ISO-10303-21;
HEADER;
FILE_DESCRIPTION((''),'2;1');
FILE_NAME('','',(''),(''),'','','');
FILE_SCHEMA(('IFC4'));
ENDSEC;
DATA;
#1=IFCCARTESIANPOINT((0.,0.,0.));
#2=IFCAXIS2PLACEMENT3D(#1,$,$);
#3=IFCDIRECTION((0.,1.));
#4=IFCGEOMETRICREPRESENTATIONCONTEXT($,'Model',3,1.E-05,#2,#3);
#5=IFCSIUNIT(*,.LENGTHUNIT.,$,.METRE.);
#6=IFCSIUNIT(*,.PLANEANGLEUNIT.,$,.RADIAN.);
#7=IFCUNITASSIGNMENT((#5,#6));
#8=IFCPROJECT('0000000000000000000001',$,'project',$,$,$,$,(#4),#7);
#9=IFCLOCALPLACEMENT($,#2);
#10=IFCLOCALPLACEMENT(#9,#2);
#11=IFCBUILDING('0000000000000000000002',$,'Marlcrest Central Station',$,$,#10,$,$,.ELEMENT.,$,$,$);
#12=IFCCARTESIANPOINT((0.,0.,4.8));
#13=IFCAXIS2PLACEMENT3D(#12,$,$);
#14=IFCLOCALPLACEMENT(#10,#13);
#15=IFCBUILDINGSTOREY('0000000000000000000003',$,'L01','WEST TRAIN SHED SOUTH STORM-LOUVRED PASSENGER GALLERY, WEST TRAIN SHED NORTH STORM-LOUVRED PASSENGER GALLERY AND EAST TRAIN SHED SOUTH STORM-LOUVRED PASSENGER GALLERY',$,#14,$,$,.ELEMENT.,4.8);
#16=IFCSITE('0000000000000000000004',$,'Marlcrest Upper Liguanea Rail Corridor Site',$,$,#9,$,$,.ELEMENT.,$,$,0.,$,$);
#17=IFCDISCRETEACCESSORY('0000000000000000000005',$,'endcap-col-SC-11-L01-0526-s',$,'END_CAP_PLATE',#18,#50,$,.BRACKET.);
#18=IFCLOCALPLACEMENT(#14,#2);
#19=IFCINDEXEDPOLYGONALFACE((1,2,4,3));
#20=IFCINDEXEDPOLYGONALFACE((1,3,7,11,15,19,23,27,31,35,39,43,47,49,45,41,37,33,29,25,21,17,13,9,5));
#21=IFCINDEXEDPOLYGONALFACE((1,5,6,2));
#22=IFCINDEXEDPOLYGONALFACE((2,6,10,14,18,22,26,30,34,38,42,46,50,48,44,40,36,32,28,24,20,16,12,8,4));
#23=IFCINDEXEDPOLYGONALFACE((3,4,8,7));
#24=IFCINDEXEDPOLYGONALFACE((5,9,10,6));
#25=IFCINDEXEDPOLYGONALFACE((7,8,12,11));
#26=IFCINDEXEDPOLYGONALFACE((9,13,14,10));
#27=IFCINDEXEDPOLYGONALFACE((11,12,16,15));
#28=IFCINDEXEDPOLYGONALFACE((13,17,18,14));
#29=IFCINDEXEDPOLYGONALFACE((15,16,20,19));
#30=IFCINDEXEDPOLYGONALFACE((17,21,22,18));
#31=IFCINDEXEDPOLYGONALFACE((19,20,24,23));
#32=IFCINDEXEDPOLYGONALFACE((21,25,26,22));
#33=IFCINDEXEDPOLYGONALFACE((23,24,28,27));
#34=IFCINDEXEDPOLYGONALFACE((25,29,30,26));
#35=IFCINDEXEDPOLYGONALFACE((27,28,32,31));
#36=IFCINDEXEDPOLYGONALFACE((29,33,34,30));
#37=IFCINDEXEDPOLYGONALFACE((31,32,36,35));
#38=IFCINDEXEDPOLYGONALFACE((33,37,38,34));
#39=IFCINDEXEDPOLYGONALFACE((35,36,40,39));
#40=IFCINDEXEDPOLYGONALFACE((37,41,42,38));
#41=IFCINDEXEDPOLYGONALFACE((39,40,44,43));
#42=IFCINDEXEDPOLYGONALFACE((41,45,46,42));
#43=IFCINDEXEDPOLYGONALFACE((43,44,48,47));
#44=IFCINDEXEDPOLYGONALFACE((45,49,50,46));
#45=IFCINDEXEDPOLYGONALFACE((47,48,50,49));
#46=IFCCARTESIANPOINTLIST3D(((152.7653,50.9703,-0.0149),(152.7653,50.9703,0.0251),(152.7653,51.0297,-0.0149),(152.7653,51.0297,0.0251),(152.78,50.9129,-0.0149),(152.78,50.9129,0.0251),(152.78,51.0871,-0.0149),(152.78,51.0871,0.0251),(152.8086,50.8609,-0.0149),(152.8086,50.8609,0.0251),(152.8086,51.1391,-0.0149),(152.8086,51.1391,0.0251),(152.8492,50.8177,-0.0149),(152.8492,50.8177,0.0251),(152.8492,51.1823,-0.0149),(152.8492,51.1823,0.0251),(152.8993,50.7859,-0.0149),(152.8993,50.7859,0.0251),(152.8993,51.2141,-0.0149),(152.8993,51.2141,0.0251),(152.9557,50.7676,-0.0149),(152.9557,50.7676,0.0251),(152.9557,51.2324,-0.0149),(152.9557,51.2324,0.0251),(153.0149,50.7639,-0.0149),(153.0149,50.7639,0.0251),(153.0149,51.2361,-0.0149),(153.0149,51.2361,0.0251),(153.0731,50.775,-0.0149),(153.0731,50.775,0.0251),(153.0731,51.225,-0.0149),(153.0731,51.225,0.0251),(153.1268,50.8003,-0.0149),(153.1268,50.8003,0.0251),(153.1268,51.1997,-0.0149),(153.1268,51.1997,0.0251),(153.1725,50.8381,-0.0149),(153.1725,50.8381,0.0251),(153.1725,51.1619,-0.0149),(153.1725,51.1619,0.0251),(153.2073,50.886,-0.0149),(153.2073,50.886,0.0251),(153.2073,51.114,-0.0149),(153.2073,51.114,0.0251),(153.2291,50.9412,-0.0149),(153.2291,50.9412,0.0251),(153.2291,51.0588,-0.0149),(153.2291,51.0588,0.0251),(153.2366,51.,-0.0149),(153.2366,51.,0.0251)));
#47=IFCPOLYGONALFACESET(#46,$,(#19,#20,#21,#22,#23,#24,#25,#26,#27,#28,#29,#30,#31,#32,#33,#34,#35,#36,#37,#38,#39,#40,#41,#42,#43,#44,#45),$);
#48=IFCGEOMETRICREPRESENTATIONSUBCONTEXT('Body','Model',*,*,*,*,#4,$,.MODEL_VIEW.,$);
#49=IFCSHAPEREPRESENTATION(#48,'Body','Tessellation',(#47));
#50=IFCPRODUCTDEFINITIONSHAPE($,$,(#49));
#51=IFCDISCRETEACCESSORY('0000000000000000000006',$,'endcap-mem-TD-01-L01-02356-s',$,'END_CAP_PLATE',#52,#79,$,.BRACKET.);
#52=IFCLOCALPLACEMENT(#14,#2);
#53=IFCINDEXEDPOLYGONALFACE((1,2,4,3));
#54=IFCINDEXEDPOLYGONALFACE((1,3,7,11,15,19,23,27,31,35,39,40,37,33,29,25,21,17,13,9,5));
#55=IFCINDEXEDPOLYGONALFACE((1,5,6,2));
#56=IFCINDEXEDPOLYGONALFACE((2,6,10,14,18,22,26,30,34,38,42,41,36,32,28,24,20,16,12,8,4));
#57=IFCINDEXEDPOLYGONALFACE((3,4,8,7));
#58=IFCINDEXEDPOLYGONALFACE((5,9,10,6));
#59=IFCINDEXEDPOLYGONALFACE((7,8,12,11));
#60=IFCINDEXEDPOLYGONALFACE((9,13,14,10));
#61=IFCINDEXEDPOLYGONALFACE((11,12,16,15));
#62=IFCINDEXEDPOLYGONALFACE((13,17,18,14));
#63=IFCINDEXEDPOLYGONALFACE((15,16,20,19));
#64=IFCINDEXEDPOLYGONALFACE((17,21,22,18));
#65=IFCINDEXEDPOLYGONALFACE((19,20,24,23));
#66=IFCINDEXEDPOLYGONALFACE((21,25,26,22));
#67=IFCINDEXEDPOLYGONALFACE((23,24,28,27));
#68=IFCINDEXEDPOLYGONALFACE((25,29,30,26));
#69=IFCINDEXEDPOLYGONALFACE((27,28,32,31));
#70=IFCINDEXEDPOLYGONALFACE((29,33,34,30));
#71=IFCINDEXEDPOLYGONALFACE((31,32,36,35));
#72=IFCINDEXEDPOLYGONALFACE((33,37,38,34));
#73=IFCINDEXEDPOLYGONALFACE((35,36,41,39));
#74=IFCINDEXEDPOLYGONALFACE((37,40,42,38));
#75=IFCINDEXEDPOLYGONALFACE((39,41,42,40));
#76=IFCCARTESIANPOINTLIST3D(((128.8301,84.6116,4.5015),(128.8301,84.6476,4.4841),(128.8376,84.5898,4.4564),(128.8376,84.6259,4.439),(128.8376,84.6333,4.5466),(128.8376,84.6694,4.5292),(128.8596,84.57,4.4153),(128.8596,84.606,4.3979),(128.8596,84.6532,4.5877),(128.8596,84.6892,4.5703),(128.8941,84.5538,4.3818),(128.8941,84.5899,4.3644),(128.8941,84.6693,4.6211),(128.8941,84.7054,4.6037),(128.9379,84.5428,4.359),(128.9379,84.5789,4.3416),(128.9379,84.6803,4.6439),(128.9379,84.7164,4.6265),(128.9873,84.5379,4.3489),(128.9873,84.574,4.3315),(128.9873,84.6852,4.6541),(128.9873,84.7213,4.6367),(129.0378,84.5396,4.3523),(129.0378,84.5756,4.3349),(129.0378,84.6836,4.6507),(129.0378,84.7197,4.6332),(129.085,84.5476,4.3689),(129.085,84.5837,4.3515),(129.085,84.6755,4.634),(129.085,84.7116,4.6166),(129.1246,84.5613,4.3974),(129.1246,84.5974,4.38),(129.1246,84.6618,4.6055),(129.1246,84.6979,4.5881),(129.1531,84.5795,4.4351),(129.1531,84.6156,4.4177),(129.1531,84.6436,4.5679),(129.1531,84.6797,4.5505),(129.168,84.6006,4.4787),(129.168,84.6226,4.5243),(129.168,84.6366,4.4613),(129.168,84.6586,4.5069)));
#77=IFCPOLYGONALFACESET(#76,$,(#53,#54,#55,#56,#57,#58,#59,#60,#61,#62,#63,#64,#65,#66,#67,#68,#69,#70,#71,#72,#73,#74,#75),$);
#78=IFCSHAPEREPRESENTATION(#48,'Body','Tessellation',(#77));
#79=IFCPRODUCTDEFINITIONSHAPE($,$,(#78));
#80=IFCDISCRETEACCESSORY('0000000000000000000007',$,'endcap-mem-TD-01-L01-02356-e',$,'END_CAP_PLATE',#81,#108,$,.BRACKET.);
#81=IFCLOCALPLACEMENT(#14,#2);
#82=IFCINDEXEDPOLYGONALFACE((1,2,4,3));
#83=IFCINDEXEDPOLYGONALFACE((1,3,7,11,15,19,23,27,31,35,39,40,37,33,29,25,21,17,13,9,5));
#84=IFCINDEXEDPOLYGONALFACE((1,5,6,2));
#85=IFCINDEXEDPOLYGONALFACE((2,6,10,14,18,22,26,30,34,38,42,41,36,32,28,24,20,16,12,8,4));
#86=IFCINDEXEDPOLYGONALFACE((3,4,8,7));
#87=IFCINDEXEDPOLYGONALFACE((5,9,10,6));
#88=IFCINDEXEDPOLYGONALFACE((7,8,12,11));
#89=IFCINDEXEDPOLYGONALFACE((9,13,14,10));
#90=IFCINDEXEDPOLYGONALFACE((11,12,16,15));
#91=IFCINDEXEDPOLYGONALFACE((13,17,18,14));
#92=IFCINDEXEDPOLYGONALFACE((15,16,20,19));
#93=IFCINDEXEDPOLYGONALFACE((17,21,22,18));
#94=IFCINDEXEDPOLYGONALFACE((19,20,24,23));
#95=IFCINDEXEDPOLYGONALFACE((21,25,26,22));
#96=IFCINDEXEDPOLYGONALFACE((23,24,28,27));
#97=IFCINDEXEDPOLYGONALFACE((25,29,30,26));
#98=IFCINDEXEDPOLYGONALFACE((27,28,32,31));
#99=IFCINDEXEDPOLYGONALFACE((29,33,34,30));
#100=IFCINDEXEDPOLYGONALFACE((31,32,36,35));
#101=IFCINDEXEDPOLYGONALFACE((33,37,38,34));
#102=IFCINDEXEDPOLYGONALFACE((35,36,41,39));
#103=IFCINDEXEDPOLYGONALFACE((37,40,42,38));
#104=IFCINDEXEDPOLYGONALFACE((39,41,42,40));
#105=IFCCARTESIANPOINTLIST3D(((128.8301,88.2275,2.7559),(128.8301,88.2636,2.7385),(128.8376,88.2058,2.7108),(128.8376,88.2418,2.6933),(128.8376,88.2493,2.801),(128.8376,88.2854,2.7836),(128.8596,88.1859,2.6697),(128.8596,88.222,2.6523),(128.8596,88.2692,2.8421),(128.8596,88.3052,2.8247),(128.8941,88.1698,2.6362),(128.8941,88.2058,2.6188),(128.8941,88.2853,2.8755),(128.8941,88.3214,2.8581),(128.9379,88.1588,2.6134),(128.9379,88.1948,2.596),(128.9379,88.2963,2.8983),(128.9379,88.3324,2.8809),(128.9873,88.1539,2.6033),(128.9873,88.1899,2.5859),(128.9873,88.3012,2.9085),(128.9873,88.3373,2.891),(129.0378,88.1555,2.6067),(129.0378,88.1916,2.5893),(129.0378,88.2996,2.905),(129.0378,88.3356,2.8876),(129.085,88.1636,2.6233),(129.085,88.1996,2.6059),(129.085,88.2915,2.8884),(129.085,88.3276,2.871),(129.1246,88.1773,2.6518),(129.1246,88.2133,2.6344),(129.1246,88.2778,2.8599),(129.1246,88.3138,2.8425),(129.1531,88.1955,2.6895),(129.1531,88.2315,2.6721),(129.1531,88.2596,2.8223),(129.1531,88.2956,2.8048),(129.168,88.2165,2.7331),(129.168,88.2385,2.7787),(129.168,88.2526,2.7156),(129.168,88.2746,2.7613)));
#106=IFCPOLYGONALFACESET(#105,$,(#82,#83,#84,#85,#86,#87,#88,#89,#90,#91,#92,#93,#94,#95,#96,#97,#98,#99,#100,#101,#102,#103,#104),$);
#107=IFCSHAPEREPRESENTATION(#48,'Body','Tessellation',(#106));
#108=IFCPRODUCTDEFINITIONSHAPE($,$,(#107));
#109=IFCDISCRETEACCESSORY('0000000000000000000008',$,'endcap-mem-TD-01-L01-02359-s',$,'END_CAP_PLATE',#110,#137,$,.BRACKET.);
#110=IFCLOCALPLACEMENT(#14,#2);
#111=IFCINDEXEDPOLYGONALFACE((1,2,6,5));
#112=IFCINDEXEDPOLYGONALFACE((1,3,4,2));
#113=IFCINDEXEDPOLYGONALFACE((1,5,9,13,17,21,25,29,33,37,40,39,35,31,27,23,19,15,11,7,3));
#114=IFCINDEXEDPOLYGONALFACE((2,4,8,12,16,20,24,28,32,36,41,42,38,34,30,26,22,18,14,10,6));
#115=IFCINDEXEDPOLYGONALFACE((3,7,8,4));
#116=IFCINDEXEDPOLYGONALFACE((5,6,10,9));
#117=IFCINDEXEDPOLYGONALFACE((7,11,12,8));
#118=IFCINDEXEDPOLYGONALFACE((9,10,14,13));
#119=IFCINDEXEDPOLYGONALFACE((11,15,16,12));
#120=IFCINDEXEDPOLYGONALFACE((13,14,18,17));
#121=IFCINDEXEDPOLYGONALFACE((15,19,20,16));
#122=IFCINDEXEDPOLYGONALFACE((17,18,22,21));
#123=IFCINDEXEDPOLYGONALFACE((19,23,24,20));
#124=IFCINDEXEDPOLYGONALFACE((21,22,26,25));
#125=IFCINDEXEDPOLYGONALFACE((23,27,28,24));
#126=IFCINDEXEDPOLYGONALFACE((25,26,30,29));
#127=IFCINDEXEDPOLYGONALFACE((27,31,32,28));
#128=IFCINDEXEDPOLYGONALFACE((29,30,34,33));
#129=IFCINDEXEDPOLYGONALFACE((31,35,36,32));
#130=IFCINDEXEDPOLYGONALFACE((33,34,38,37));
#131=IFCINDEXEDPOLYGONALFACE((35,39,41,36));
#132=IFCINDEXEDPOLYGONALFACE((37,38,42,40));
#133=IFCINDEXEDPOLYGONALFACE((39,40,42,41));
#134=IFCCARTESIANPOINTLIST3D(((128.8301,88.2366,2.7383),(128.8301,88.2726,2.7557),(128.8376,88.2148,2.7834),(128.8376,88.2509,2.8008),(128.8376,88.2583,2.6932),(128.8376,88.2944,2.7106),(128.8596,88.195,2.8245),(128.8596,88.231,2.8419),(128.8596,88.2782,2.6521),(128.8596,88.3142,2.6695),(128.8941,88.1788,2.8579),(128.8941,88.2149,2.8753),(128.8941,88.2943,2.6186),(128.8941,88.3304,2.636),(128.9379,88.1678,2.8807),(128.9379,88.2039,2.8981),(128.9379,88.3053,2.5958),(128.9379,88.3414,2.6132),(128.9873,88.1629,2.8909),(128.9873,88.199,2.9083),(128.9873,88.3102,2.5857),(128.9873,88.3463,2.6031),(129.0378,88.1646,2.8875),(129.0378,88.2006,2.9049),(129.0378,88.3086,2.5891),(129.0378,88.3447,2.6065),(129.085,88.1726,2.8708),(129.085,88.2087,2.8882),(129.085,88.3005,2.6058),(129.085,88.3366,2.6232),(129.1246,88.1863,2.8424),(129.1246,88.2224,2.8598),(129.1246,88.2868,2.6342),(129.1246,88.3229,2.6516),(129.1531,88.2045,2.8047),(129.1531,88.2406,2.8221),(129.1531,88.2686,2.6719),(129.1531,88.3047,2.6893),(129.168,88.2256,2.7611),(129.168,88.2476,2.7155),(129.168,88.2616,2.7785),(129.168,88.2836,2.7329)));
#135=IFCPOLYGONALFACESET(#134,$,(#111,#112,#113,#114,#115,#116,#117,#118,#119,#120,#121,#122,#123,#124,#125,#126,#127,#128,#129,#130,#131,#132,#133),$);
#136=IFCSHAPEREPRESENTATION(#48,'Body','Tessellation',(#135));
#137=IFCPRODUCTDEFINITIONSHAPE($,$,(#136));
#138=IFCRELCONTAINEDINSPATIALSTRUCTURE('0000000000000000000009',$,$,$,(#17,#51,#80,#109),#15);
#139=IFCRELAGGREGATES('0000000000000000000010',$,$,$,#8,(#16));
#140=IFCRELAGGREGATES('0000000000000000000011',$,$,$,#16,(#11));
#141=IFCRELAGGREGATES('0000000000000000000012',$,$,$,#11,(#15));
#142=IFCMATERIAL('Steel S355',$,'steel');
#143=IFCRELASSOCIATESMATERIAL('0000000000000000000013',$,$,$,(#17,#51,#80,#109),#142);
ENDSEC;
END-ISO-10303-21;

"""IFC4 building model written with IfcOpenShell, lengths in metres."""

from ifc_helpers import new_model, si_unit, direction, frame, origin, origin_2d, place, context, subcontext, project, spatial, circle, extrude, material, element, save


model = new_model("IFC4")

# Units and contexts
model_context = context("Model", 3, precision=1e-05, world=origin(), true_north=direction((0.0, 1.0)))
body_context = subcontext(model_context, "Body", "Model", "MODEL_VIEW")
ifc_project = project(units=[si_unit("LENGTHUNIT", "METRE"), si_unit("PLANEANGLEUNIT", "RADIAN")], contexts=[model_context])

# Site, building, storey
site_placement = place(None, origin())
site = spatial("IfcSite", under=ifc_project, at=site_placement, Name="Marlcrest Upper Liguanea Rail Corridor Site", CompositionType="ELEMENT", RefElevation=0.0)
building_placement = place(site_placement, origin())
building = spatial("IfcBuilding", under=site, at=building_placement, Name="Marlcrest Central Station", CompositionType="ELEMENT")
storey_placement = place(building_placement, frame((0.0, 0.0, 4.8)))
storey = spatial("IfcBuildingStorey", under=building, at=storey_placement, Name="L01", Description="WEST TRAIN SHED SOUTH STORM-LOUVRED PASSENGER GALLERY, WEST TRAIN SHED NORTH STORM-LOUVRED PASSENGER GALLERY AND EAST TRAIN SHED SOUTH STORM-LOUVRED PASSENGER GALLERY", CompositionType="ELEMENT", Elevation=4.8)

# Shared definitions
ifc_material = material(Name="Steel S355", Category="steel")

# Discrete accessories
for number, where, z_axis, x_axis, name in (
    (1, (153.0, 51.0, -0.0149), (0.0, 0.0, 1.0), (1.0, 0.0, 0.0), "endcap-col-SC-11-L01-0526-s"),
):
    element("IfcDiscreteAccessory", number, at=place(storey_placement, frame(where, z_axis=z_axis, x_axis=x_axis)), inside=storey, material=ifc_material, Name=name, ObjectType="END_CAP_PLATE", PredefinedType="BRACKET", context=body_context, shape_type="SweptSolid", body=[
        extrude(circle(Radius=0.2366, at=origin_2d()), origin(), (0.0, 0.0, 1.0), 0.04),
    ])
for number, where, z_axis, x_axis, name in (
    (2, (129.0, 84.6116, 4.5015), (0.0, 0.900552, -0.434749), (-1.0, 0.0, 0.0), "endcap-mem-TD-01-L01-02356-s"),
    (3, (129.0, 88.2275, 2.7559), (0.0, 0.900552, -0.434749), (-1.0, 0.0, 0.0), "endcap-mem-TD-01-L01-02356-e"),
    (4, (129.0, 88.2366, 2.7383), (0.0, 0.900552, 0.434749), (-1.0, 0.0, 0.0), "endcap-mem-TD-01-L01-02359-s"),
):
    element("IfcDiscreteAccessory", number, at=place(storey_placement, frame(where, z_axis=z_axis, x_axis=x_axis)), inside=storey, material=ifc_material, Name=name, ObjectType="END_CAP_PLATE", PredefinedType="BRACKET", context=body_context, shape_type="SweptSolid", body=[
        extrude(circle(Radius=0.1699, at=origin_2d()), origin(), (0.0, 0.0, 1.0), 0.04),
    ])

save(model, "model.ifc")
